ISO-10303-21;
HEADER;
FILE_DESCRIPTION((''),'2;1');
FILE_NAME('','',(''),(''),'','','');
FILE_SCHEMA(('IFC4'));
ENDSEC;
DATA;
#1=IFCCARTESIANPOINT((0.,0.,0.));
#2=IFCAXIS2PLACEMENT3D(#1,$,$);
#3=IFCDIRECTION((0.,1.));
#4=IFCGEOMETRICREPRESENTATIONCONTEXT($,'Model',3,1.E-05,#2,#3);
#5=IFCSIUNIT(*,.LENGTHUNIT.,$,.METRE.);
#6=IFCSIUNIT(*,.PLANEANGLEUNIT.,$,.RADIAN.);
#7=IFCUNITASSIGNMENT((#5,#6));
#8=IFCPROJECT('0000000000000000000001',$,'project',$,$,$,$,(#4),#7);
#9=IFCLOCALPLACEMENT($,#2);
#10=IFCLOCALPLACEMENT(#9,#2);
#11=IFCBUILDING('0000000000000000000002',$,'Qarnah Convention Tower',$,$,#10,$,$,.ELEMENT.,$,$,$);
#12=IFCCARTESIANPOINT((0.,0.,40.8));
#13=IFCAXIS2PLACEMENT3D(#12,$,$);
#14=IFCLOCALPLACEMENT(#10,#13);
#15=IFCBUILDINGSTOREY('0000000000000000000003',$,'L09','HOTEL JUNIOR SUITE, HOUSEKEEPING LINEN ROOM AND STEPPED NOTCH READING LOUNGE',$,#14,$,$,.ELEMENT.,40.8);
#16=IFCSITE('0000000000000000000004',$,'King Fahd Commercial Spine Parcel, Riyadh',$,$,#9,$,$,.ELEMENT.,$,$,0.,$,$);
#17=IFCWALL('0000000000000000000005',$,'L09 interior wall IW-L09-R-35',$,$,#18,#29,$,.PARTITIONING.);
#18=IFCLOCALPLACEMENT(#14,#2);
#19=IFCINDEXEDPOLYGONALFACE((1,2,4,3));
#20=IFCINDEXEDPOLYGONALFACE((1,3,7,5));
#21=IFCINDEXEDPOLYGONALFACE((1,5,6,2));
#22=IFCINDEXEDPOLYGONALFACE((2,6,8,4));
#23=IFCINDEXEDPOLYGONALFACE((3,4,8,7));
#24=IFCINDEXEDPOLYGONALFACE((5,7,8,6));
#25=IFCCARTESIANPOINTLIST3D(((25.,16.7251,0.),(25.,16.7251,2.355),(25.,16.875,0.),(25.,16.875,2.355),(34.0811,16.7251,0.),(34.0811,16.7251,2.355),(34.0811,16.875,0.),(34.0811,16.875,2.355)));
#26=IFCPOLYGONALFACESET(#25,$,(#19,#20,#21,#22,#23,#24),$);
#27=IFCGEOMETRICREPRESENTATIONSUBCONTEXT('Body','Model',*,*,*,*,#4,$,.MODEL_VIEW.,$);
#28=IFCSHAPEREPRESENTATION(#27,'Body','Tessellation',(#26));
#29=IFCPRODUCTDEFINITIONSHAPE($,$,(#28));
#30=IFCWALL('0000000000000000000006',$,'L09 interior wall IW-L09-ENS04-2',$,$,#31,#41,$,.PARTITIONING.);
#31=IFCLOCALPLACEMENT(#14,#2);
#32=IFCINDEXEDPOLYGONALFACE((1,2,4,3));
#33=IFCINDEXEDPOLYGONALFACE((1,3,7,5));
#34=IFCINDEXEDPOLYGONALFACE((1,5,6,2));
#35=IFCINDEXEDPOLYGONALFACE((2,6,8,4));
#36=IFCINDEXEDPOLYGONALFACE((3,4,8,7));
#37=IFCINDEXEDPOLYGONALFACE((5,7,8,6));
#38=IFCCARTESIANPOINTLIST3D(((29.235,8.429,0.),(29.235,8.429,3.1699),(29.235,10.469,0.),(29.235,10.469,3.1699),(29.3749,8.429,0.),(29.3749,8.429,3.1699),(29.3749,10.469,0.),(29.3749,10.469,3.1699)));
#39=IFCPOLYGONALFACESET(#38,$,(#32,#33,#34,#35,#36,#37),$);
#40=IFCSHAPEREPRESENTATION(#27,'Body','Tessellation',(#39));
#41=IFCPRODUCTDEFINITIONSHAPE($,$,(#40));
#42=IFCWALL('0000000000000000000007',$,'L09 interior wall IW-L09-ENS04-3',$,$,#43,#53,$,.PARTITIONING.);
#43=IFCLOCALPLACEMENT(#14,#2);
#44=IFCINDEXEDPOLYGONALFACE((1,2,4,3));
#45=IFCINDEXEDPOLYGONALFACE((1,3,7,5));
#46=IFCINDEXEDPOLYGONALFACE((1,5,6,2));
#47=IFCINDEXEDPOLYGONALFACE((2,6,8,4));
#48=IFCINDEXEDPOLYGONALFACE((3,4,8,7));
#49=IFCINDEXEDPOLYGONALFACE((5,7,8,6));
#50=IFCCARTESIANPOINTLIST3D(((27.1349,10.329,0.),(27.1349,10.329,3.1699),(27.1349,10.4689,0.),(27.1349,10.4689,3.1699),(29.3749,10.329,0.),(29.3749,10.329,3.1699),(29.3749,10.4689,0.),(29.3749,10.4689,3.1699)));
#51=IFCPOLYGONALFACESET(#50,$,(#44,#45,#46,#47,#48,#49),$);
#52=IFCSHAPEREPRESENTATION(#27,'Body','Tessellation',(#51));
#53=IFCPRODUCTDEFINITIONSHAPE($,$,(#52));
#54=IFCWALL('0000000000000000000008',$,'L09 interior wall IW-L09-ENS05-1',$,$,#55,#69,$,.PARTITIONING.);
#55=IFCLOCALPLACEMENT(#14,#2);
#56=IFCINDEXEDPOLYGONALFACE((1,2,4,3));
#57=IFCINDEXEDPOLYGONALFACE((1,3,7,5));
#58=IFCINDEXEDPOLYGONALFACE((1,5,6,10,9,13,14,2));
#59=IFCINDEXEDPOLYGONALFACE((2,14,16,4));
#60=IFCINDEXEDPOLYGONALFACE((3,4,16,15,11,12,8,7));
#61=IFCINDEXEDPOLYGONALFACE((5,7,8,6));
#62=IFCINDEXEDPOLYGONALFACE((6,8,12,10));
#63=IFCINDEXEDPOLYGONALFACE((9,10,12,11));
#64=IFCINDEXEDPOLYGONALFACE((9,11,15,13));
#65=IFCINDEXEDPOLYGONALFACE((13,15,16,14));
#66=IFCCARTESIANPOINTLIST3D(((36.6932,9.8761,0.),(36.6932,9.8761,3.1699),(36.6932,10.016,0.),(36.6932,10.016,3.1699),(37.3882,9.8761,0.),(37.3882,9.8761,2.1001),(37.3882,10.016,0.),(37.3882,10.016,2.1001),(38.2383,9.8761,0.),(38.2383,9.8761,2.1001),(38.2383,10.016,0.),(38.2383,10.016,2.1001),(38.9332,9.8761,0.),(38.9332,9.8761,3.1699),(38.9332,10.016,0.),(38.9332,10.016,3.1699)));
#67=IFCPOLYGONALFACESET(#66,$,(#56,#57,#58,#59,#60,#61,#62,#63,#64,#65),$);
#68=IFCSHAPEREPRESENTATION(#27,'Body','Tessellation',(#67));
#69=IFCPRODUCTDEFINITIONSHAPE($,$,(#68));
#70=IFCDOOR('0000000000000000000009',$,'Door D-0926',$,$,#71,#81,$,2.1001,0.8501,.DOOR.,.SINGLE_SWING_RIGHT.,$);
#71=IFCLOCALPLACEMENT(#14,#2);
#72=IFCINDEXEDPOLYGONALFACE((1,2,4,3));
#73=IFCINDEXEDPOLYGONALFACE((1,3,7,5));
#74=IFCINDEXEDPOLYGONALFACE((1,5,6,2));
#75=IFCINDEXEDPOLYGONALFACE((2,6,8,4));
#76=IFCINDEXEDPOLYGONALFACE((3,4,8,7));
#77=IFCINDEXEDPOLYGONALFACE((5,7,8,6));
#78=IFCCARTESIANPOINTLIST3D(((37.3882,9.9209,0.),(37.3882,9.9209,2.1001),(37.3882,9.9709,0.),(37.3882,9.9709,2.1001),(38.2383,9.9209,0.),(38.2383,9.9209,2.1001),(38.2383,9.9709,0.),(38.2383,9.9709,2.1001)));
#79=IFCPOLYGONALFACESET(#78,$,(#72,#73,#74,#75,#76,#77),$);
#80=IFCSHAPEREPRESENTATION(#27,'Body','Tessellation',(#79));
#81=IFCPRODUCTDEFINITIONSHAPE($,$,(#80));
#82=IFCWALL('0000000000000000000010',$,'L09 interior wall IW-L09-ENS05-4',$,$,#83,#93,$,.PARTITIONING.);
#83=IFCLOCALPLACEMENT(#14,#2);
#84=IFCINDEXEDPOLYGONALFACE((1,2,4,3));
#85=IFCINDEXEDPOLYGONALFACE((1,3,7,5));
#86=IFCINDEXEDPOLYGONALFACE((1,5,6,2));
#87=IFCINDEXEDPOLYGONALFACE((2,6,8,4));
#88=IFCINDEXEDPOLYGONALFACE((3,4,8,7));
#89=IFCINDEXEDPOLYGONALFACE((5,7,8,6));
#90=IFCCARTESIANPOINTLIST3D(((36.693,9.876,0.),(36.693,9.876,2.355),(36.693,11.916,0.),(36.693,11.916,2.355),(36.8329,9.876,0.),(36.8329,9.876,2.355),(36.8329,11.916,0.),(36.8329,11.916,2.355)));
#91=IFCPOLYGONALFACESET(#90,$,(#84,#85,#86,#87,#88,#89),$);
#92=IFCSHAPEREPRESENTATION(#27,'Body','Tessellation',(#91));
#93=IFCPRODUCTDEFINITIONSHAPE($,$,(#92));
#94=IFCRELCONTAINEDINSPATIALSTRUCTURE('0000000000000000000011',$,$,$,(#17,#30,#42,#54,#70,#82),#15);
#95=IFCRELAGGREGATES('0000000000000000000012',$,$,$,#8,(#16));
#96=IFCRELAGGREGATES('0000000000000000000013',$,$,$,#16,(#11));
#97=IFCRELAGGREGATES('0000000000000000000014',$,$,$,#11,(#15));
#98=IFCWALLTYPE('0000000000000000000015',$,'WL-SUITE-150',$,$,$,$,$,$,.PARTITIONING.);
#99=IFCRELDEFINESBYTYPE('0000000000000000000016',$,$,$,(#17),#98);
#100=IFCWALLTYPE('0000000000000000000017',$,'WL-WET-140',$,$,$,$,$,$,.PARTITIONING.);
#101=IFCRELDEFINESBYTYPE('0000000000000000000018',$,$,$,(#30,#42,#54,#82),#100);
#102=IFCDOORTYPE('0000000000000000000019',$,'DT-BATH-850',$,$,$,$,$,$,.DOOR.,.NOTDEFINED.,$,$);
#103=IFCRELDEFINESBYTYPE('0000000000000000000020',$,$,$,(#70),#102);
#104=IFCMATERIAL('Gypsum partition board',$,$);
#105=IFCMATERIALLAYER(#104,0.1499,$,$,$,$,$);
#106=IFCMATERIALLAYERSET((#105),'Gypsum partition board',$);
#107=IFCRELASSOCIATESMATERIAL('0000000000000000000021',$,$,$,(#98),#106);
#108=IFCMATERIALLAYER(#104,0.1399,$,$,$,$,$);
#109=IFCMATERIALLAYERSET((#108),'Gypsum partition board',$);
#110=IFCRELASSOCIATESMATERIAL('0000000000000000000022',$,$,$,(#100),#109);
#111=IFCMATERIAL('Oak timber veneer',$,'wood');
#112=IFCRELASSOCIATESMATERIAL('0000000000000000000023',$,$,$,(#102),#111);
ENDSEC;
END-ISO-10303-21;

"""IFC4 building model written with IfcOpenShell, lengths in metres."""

from ifc_helpers import new_model, si_unit, direction, frame, frame_2d, origin, place, context, subcontext, project, spatial, rectangle, extrude, material, layer, layer_set, type_object, element, fill, save


model = new_model("IFC4")

# Units and contexts
model_context = context("Model", 3, precision=1e-05, world=origin(), true_north=direction((0.0, 1.0)))
body_context = subcontext(model_context, "Body", "Model", "MODEL_VIEW")
ifc_project = project(units=[si_unit("LENGTHUNIT", "METRE"), si_unit("PLANEANGLEUNIT", "RADIAN")], contexts=[model_context])

# Site, building, storey
site_placement = place(None, origin())
site = spatial("IfcSite", under=ifc_project, at=site_placement, Name="King Fahd Commercial Spine Parcel, Riyadh", CompositionType="ELEMENT", RefElevation=0.0)
building_placement = place(site_placement, origin())
building = spatial("IfcBuilding", under=site, at=building_placement, Name="Qarnah Convention Tower", CompositionType="ELEMENT")
storey_placement = place(building_placement, frame((0.0, 0.0, 40.8)))
storey = spatial("IfcBuildingStorey", under=building, at=storey_placement, Name="L09", Description="HOTEL JUNIOR SUITE, HOUSEKEEPING LINEN ROOM AND STEPPED NOTCH READING LOUNGE", CompositionType="ELEMENT", Elevation=40.8)

# Walls
ifc_material_1 = material(Name="Gypsum partition board")
ifc_layer_1 = layer(ifc_material_1, 0.1499)
ifc_layer_set_1 = layer_set([ifc_layer_1], Name="Gypsum partition board")
wall_type_1 = type_object("IfcWallType", Name="WL-SUITE-150", PredefinedType="PARTITIONING", material=ifc_layer_set_1)
wall_1_placement = place(storey_placement, frame((34.0811, 16.8, 0.0), z_axis=(0.0, 0.0, 1.0), x_axis=(-1.0, 0.0, 0.0)))
element("IfcWall", 1, at=wall_1_placement, inside=storey, type_object=wall_type_1, Name="L09 interior wall IW-L09-R-35", PredefinedType="PARTITIONING", context=body_context, shape_type="SweptSolid", body=[
    extrude(rectangle(XDim=9.0811, YDim=0.1499, at=frame_2d((4.5405, 0.0))), origin(), (0.0, 0.0, 1.0), 2.355),
])
ifc_layer_2 = layer(ifc_material_1, 0.1399)
ifc_layer_set_2 = layer_set([ifc_layer_2], Name="Gypsum partition board")
wall_type_2 = type_object("IfcWallType", Name="WL-WET-140", PredefinedType="PARTITIONING", material=ifc_layer_set_2)
wall_2_placement = place(storey_placement, frame((29.3049, 8.429, 0.0), z_axis=(0.0, 0.0, 1.0), x_axis=(0.0, 1.0, 0.0)))
element("IfcWall", 2, at=wall_2_placement, inside=storey, type_object=wall_type_2, Name="L09 interior wall IW-L09-ENS04-2", PredefinedType="PARTITIONING", context=body_context, shape_type="SweptSolid", body=[
    extrude(rectangle(XDim=2.04, YDim=0.1399, at=frame_2d((1.02, 0.0))), origin(), (0.0, 0.0, 1.0), 3.1699),
])
wall_3_placement = place(storey_placement, frame((29.375, 10.3989, 0.0), z_axis=(0.0, 0.0, 1.0), x_axis=(-1.0, 0.0, 0.0)))
element("IfcWall", 3, at=wall_3_placement, inside=storey, type_object=wall_type_2, Name="L09 interior wall IW-L09-ENS04-3", PredefinedType="PARTITIONING", context=body_context, shape_type="SweptSolid", body=[
    extrude(rectangle(XDim=2.24, YDim=0.1399, at=frame_2d((1.1201, 0.0))), origin(), (0.0, 0.0, 1.0), 3.1699),
])

# Wall, opening, door
wall_4_placement = place(storey_placement, frame((36.6931, 9.946, 0.0), z_axis=(0.0, 0.0, 1.0), x_axis=(1.0, 0.0, 0.0)))
wall_4 = element("IfcWall", 4, at=wall_4_placement, inside=storey, type_object=wall_type_2, Name="L09 interior wall IW-L09-ENS05-1", PredefinedType="PARTITIONING", context=body_context, shape_type="SweptSolid", body=[
    extrude(rectangle(XDim=2.24, YDim=0.1399, at=frame_2d((1.1201, 0.0))), origin(), (0.0, 0.0, 1.0), 3.1699),
])
opening_placement = place(wall_4_placement, frame((0.6951, 0.0, 0.0)))
opening = element("IfcOpeningElement", 5, at=opening_placement, cuts=wall_4, PredefinedType="OPENING", context=body_context, shape_type="SweptSolid", body=[
    extrude(rectangle(XDim=0.8501, YDim=2.1001, at=frame_2d((0.425, 1.05))), frame((0.0, 0.0798, 0.0), z_axis=(0.0, -1.0, 0.0), x_axis=(1.0, 0.0, 0.0)), (0.0, 0.0, 1.0), 0.1599),
])
ifc_material_2 = material(Name="Oak timber veneer", Category="wood")
door_type = type_object("IfcDoorType", Name="DT-BATH-850", OperationType="NOTDEFINED", PredefinedType="DOOR", material=ifc_material_2)
door_placement = place(opening_placement, origin())
door = element("IfcDoor", 6, at=door_placement, inside=storey, type_object=door_type, Name="Door D-0926", OperationType="SINGLE_SWING_RIGHT", OverallHeight=2.1001, OverallWidth=0.8501, PredefinedType="DOOR", context=body_context, shape_type="SweptSolid", body=[
    extrude(rectangle(XDim=0.8501, YDim=2.1001, at=frame_2d((0.425, 1.05))), frame((0.0, 0.0249, 0.0), z_axis=(0.0, -1.0, 0.0), x_axis=(1.0, 0.0, 0.0)), (0.0, 0.0, 1.0), 0.05),
])
fill(opening, door)

# Wall
wall_5_placement = place(storey_placement, frame((36.7629, 11.916, 0.0), z_axis=(0.0, 0.0, 1.0), x_axis=(0.0, -1.0, 0.0)))
element("IfcWall", 7, at=wall_5_placement, inside=storey, type_object=wall_type_2, Name="L09 interior wall IW-L09-ENS05-4", PredefinedType="PARTITIONING", context=body_context, shape_type="SweptSolid", body=[
    extrude(rectangle(XDim=2.04, YDim=0.1399, at=frame_2d((1.02, 0.0))), origin(), (0.0, 0.0, 1.0), 2.355),
])

save(model, "model.ifc")
